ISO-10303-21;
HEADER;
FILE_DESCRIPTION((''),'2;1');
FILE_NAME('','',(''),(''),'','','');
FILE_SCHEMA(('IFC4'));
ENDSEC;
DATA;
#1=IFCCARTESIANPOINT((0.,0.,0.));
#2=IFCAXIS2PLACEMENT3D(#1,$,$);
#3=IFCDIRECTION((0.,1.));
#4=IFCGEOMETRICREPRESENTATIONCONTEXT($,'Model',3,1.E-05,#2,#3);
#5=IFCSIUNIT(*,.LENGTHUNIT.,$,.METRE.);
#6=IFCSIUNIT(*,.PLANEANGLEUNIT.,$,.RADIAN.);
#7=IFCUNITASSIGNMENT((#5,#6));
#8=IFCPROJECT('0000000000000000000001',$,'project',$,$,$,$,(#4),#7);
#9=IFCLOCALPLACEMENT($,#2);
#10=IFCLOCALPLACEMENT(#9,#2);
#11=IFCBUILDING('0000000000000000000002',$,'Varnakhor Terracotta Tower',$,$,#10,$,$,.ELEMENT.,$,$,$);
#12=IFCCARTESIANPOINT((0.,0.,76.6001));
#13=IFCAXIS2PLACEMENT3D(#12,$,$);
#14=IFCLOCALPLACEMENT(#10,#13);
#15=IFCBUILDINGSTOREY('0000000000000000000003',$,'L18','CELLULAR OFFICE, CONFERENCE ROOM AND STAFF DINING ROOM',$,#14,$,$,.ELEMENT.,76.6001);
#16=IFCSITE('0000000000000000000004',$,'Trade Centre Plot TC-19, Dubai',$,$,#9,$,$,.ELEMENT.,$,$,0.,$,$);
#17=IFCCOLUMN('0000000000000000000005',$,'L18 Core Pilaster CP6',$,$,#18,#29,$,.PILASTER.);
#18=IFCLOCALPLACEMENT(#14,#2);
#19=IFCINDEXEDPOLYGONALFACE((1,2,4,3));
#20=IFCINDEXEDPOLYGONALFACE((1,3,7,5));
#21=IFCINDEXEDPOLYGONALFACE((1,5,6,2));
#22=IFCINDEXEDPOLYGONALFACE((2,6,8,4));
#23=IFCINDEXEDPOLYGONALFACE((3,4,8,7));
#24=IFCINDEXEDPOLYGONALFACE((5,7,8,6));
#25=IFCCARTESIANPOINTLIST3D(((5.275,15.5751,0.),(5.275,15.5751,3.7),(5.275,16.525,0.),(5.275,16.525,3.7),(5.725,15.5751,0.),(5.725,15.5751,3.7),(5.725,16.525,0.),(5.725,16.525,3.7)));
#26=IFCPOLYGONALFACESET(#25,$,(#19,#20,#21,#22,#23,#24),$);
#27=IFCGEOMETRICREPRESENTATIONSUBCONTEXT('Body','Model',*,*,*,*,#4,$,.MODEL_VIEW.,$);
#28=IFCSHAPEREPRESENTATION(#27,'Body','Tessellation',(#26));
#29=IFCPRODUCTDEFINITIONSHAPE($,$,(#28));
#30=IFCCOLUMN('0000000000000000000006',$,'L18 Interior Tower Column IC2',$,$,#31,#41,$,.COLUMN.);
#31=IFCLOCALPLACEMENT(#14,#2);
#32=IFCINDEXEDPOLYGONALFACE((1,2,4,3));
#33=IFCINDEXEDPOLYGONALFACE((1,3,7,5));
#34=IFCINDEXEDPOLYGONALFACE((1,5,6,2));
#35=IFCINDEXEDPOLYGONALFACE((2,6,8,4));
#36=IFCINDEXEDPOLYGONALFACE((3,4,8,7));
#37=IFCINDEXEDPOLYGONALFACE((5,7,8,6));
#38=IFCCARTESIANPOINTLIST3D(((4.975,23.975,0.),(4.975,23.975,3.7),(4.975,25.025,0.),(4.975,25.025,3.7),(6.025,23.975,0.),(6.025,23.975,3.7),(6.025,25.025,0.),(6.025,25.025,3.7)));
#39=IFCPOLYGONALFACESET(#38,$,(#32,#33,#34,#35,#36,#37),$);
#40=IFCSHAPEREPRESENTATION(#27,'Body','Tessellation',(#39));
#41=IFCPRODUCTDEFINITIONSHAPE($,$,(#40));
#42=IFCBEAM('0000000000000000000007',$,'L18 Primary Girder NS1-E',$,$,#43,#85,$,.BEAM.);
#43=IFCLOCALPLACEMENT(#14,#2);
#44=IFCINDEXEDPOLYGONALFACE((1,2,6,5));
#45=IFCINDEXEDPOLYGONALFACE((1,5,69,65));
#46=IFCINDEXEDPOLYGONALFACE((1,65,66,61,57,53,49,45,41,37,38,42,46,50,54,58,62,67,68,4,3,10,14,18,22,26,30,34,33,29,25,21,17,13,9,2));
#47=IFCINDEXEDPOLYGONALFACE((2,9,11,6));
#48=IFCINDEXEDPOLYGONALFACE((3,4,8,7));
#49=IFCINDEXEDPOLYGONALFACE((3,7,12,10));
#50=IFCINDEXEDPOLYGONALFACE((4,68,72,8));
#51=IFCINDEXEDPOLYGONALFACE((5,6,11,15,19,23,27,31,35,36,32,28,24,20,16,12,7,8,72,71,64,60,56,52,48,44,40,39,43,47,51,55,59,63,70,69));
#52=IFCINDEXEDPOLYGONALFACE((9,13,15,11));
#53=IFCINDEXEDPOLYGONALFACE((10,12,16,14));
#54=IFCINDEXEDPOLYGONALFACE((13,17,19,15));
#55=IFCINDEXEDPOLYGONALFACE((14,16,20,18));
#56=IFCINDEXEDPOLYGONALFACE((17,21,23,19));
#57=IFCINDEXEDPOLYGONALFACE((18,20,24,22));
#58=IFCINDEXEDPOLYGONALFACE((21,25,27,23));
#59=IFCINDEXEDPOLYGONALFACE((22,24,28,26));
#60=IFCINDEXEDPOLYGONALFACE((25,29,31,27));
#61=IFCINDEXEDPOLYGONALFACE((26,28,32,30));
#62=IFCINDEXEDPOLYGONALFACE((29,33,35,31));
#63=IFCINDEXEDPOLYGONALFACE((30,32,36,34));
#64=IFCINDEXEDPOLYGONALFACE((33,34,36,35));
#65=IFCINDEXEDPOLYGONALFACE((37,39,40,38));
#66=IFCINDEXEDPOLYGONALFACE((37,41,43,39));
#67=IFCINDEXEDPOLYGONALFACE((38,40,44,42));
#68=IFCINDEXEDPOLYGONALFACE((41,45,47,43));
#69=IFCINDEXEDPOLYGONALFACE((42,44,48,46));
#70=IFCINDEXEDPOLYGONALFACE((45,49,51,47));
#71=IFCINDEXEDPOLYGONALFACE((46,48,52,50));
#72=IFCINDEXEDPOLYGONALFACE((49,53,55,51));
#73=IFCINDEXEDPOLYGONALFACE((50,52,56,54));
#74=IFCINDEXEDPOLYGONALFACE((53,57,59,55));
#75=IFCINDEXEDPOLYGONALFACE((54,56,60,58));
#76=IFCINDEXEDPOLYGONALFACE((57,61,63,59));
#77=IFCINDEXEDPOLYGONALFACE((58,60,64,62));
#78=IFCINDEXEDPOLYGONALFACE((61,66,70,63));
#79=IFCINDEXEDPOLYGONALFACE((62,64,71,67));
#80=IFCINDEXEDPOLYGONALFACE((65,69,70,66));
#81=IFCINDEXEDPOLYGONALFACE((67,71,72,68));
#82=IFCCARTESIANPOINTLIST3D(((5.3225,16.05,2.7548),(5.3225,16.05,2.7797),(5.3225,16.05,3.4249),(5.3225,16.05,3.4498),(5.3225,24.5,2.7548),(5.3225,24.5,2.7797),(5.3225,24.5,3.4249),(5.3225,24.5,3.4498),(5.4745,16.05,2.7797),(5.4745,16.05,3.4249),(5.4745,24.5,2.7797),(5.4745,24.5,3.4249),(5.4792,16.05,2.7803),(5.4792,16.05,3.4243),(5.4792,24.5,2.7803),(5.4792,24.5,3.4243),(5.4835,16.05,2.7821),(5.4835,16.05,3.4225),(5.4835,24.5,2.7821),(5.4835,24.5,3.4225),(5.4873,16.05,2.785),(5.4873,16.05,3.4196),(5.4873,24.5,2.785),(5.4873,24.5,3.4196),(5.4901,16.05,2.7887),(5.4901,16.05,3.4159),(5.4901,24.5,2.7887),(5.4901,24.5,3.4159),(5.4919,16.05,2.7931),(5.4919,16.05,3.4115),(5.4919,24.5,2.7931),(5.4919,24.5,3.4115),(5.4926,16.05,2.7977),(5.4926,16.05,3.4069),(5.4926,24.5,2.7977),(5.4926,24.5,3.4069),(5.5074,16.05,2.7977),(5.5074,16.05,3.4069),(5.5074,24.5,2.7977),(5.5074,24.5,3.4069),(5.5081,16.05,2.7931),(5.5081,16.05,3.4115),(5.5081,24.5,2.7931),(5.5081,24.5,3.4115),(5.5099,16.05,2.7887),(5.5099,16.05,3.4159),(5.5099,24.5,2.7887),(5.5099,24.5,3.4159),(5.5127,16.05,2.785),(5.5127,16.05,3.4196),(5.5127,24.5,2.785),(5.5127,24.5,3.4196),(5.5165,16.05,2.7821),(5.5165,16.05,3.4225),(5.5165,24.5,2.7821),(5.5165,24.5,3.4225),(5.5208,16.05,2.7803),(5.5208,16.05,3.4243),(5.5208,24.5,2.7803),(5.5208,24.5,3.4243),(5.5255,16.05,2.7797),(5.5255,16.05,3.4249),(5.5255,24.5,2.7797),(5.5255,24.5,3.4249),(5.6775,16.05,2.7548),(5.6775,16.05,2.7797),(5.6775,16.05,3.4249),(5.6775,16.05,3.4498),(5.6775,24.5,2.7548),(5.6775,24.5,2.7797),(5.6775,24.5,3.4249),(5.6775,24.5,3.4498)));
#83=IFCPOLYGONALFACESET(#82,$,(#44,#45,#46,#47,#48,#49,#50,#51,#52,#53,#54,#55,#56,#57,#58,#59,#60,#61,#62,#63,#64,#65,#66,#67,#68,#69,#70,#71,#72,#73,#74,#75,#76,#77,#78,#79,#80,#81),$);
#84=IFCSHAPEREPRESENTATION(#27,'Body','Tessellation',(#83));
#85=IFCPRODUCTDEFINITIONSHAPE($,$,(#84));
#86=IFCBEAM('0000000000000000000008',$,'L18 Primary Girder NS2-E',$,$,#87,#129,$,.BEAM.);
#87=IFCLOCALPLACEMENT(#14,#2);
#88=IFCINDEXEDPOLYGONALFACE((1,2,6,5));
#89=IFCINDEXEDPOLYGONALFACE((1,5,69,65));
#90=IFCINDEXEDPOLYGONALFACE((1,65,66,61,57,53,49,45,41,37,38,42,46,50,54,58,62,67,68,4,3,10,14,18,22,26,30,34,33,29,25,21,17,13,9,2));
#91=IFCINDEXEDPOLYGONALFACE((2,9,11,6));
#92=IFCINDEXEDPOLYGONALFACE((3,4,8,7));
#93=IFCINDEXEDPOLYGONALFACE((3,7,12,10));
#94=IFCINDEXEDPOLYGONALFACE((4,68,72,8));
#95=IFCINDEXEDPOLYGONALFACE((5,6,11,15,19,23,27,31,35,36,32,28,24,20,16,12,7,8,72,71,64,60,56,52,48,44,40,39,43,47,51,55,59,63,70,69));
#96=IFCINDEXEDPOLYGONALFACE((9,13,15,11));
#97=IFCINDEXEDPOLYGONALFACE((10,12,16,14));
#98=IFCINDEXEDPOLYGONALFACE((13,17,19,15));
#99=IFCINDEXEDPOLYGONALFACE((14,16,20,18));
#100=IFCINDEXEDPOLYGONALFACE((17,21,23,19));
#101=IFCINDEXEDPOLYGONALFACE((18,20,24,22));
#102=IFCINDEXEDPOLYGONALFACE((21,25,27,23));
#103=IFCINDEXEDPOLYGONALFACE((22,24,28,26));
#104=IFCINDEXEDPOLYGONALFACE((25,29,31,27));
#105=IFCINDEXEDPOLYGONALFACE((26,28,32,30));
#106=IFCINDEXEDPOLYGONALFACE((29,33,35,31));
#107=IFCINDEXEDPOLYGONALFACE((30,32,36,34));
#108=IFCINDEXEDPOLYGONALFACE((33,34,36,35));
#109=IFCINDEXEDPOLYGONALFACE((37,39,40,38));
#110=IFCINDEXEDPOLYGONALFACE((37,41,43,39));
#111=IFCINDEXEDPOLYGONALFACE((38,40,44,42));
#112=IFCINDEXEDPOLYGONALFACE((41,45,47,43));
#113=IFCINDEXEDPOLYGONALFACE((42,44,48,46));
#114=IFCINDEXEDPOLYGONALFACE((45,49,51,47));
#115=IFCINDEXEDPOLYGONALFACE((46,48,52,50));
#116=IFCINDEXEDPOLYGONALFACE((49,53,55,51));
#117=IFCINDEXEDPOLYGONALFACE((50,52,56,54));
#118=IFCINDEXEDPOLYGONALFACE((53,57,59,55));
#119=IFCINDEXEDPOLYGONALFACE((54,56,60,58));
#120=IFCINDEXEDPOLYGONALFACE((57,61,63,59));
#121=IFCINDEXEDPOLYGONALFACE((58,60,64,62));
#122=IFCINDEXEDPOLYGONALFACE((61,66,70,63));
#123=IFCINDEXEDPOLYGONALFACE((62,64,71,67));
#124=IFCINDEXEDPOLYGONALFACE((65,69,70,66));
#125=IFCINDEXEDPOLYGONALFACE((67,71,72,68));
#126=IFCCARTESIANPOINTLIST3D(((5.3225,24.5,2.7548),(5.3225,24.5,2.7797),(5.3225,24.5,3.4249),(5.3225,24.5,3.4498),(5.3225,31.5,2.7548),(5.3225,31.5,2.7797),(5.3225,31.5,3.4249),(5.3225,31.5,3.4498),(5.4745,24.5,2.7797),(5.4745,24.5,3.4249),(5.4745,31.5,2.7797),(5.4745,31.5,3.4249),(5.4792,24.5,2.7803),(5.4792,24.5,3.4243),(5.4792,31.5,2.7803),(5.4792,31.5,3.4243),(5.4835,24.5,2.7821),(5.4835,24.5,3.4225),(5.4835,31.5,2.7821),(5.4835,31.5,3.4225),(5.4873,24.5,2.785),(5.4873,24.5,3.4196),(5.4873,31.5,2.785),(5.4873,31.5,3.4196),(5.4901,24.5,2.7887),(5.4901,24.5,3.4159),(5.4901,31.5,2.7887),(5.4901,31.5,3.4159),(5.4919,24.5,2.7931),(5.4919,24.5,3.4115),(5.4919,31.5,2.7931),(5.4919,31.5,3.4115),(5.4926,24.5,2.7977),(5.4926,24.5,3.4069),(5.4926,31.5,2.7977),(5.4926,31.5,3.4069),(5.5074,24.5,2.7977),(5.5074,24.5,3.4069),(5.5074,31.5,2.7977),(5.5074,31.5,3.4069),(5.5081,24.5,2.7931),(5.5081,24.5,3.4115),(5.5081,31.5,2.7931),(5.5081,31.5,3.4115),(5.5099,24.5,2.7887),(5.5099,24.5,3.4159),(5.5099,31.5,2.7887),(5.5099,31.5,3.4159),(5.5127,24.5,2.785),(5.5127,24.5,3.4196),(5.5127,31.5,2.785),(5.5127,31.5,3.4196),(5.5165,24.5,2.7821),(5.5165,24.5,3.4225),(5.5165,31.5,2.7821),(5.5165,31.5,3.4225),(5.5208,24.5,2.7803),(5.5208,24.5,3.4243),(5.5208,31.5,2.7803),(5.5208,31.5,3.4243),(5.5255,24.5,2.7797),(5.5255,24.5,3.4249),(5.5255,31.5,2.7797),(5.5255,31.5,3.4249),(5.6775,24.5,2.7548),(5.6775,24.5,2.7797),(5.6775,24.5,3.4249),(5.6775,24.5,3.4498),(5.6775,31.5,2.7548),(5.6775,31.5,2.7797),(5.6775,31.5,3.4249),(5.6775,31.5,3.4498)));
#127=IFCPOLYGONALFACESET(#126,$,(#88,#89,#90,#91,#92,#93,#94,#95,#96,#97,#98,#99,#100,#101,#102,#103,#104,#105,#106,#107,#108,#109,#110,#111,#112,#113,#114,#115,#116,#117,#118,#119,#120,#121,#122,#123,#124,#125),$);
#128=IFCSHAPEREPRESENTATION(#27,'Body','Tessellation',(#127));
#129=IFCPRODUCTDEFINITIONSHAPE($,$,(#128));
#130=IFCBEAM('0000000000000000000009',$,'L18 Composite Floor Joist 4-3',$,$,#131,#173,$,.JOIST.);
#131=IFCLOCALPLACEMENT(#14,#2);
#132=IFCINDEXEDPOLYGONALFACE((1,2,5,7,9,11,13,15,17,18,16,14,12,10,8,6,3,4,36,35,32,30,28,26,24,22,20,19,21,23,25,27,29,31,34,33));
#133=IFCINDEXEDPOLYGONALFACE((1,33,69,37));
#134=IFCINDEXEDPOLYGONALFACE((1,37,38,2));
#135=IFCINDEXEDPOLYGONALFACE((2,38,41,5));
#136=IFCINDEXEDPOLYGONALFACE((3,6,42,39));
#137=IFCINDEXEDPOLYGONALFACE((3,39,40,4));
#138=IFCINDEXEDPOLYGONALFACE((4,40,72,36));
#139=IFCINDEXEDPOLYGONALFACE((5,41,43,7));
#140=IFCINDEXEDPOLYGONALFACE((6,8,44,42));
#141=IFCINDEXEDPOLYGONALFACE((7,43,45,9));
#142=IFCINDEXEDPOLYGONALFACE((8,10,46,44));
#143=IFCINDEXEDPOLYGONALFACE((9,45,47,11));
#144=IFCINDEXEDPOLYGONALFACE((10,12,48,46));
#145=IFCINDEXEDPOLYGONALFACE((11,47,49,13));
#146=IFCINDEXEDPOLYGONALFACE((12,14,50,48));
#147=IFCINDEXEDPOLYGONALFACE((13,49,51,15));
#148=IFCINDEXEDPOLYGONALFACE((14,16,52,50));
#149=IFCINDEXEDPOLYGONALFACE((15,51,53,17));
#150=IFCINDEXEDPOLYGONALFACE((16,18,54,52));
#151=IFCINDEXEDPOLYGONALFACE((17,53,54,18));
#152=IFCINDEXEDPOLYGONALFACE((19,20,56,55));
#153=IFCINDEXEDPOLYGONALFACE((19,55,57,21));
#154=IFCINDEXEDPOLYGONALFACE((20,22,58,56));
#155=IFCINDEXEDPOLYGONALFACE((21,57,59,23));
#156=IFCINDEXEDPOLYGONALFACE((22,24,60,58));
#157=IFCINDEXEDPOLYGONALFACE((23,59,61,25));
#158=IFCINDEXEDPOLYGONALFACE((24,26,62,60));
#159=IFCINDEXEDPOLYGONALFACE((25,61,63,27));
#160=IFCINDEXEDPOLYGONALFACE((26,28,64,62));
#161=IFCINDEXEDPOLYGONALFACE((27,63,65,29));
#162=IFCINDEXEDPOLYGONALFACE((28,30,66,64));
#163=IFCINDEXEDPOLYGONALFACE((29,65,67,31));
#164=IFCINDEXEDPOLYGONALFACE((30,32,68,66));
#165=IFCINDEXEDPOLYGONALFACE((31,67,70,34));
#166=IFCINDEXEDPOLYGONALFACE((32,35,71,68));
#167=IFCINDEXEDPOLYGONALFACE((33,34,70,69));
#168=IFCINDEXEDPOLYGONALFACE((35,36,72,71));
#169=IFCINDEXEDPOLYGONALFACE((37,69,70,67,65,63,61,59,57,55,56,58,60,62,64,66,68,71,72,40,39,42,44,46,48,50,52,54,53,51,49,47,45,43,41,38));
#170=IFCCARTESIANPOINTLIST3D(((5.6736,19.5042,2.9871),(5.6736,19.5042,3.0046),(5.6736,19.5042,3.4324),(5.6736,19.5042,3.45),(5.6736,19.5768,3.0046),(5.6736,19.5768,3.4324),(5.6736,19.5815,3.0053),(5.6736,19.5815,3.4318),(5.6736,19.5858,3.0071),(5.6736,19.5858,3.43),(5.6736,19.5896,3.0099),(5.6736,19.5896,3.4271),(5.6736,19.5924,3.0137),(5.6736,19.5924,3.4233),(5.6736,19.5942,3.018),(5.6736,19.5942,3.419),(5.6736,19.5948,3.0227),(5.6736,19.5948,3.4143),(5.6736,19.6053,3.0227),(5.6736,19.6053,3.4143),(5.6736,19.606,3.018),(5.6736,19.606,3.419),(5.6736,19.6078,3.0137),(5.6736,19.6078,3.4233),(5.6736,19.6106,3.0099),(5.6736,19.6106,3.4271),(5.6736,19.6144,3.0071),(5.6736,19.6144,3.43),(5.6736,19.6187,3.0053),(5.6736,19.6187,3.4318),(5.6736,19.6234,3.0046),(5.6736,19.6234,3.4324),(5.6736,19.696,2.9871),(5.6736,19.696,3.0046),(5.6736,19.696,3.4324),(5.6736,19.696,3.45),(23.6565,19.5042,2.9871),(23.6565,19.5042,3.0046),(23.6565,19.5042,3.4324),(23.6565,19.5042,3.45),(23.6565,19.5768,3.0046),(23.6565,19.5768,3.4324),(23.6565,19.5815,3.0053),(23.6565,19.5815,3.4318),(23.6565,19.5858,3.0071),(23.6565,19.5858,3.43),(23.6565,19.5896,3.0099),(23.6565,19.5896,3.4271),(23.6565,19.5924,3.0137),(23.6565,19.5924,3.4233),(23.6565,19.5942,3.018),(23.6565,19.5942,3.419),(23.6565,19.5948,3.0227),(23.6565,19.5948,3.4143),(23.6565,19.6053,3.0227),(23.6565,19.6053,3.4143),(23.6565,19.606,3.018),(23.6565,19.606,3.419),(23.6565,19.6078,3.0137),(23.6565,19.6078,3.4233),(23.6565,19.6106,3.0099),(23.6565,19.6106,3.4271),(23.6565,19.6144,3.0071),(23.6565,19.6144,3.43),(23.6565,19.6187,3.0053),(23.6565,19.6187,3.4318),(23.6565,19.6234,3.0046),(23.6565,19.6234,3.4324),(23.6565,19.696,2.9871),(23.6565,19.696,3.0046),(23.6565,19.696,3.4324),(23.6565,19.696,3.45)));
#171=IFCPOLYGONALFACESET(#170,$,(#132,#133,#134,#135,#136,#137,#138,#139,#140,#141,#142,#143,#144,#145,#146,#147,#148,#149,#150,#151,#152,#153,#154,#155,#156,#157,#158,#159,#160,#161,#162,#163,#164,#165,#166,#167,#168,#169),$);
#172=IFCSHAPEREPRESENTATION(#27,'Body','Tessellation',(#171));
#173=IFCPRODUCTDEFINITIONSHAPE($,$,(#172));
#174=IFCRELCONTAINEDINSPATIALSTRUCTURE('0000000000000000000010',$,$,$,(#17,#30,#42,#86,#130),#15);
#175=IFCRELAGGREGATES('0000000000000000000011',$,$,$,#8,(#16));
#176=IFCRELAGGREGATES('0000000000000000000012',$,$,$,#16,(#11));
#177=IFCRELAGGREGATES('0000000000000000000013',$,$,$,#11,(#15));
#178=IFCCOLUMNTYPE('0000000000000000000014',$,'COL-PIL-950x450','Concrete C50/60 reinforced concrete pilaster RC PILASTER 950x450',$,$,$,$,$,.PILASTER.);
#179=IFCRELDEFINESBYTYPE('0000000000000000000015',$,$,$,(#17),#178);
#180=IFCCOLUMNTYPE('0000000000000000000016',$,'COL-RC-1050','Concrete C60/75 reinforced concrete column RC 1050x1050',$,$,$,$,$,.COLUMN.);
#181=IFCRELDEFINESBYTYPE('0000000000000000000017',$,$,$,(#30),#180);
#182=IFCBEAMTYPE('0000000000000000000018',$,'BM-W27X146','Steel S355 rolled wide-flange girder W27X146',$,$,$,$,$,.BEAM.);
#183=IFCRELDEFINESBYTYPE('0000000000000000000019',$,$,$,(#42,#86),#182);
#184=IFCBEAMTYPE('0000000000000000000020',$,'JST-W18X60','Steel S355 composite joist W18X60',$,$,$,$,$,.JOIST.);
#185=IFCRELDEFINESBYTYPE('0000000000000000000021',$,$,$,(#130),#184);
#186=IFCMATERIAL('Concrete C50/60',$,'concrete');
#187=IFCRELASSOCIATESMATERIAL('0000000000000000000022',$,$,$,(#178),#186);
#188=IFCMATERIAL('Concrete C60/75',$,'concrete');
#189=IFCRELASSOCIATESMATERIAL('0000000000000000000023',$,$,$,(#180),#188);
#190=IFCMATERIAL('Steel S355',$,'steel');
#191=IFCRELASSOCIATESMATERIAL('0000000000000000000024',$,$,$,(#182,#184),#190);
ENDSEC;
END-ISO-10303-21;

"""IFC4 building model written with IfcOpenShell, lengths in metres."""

from ifc_helpers import new_model, si_unit, direction, frame, origin, origin_2d, place, context, subcontext, project, spatial, rectangle, i_section, extrude, source, transform, mapped, material, material_profile, profile_set, type_object, type_shapes, element, save


model = new_model("IFC4")

# Units and contexts
model_context = context("Model", 3, precision=1e-05, world=origin(), true_north=direction((0.0, 1.0)))
body_context = subcontext(model_context, "Body", "Model", "MODEL_VIEW")
ifc_project = project(units=[si_unit("LENGTHUNIT", "METRE"), si_unit("PLANEANGLEUNIT", "RADIAN")], contexts=[model_context])

# Site, building, storey
site_placement = place(None, origin())
site = spatial("IfcSite", under=ifc_project, at=site_placement, Name="Trade Centre Plot TC-19, Dubai", CompositionType="ELEMENT", RefElevation=0.0)
building_placement = place(site_placement, origin())
building = spatial("IfcBuilding", under=site, at=building_placement, Name="Varnakhor Terracotta Tower", CompositionType="ELEMENT")
storey_placement = place(building_placement, frame((0.0, 0.0, 76.6001)))
storey = spatial("IfcBuildingStorey", under=building, at=storey_placement, Name="L18", Description="CELLULAR OFFICE, CONFERENCE ROOM AND STAFF DINING ROOM", CompositionType="ELEMENT", Elevation=76.6001)

# Columns
ifc_material_1 = material(Name="Concrete C50/60", Category="concrete")
ifc_material_profile_1 = material_profile(ifc_material_1, rectangle(XDim=0.45, YDim=0.95, at=origin_2d()), Name="RC PILASTER 950x450")
ifc_profile_set_1 = profile_set([ifc_material_profile_1], Name="Concrete C50/60")
column_type_1 = type_object("IfcColumnType", Name="COL-PIL-950x450", Description="Concrete C50/60 reinforced concrete pilaster RC PILASTER 950x450", PredefinedType="PILASTER", material=ifc_profile_set_1)
shared_shape_1 = source(origin(), body_context, "Body", "SweptSolid", [
    extrude(rectangle(XDim=0.45, YDim=0.95, at=origin_2d()), origin(), (0.0, 0.0, 1.0), 3.7),
])
column_1_placement = place(storey_placement, frame((5.5, 16.05, 0.0), z_axis=(0.0, 0.0, 1.0), x_axis=(1.0, 0.0, 0.0)))
element("IfcColumn", 1, at=column_1_placement, inside=storey, type_object=column_type_1, Name="L18 Core Pilaster CP6", PredefinedType="PILASTER", context=body_context, shape_type="MappedRepresentation", body=[
    mapped(shared_shape_1, transform((0.0, 0.0, 0.0), scale=1.0)),
])
ifc_material_2 = material(Name="Concrete C60/75", Category="concrete")
ifc_material_profile_2 = material_profile(ifc_material_2, rectangle(XDim=1.05, YDim=1.05, at=origin_2d()), Name="RC 1050x1050")
ifc_profile_set_2 = profile_set([ifc_material_profile_2], Name="Concrete C60/75")
column_type_2 = type_object("IfcColumnType", Name="COL-RC-1050", Description="Concrete C60/75 reinforced concrete column RC 1050x1050", PredefinedType="COLUMN", material=ifc_profile_set_2)
shared_shape_2 = source(origin(), body_context, "Body", "SweptSolid", [
    extrude(rectangle(XDim=1.05, YDim=1.05, at=origin_2d()), origin(), (0.0, 0.0, 1.0), 3.7),
])
column_2_placement = place(storey_placement, frame((5.5, 24.5, 0.0), z_axis=(0.0, 0.0, 1.0), x_axis=(1.0, 0.0, 0.0)))
element("IfcColumn", 2, at=column_2_placement, inside=storey, type_object=column_type_2, Name="L18 Interior Tower Column IC2", PredefinedType="COLUMN", context=body_context, shape_type="MappedRepresentation", body=[
    mapped(shared_shape_2, transform((0.0, 0.0, 0.0), scale=1.0)),
])

# Beams
ifc_material_3 = material(Name="Steel S355", Category="steel")
ifc_material_profile_3 = material_profile(ifc_material_3, i_section(OverallWidth=0.355, OverallDepth=0.6951, WebThickness=0.0149, FlangeThickness=0.0249, FilletRadius=0.0181, at=origin_2d()), Name="W27X146")
ifc_profile_set_3 = profile_set([ifc_material_profile_3], Name="Steel S355")
beam_type_1 = type_object("IfcBeamType", Name="BM-W27X146", Description="Steel S355 rolled wide-flange girder W27X146", PredefinedType="BEAM", material=ifc_profile_set_3)
shared_shape_3 = source(origin(), body_context, "Body", "SweptSolid", [
    extrude(i_section(OverallWidth=0.355, OverallDepth=0.6951, WebThickness=0.0149, FlangeThickness=0.0249, FilletRadius=0.0181, at=origin_2d()), origin(), (0.0, 0.0, 1.0), 8.45),
])
type_shapes(beam_type_1, [shared_shape_3])
beam_1_placement = place(storey_placement, frame((5.5, 16.05, 3.1023), z_axis=(0.0, 1.0, 0.0), x_axis=(-1.0, 0.0, 0.0)))
element("IfcBeam", 3, at=beam_1_placement, inside=storey, type_object=beam_type_1, Name="L18 Primary Girder NS1-E", PredefinedType="BEAM", context=body_context, shape_type="MappedRepresentation", body=[
    mapped(shared_shape_3, transform((0.0, 0.0, 0.0), scale=1.0)),
])
shared_shape_4 = source(origin(), body_context, "Body", "SweptSolid", [
    extrude(i_section(OverallWidth=0.355, OverallDepth=0.6951, WebThickness=0.0149, FlangeThickness=0.0249, FilletRadius=0.0181, at=origin_2d()), origin(), (0.0, 0.0, 1.0), 7.0),
])
beam_2_placement = place(storey_placement, frame((5.5, 24.5, 3.1023), z_axis=(0.0, 1.0, 0.0), x_axis=(-1.0, 0.0, 0.0)))
element("IfcBeam", 4, at=beam_2_placement, inside=storey, type_object=beam_type_1, Name="L18 Primary Girder NS2-E", PredefinedType="BEAM", context=body_context, shape_type="MappedRepresentation", body=[
    mapped(shared_shape_4, transform((0.0, 0.0, 0.0), scale=1.0)),
])
ifc_material_profile_4 = material_profile(ifc_material_3, i_section(OverallWidth=0.1919, OverallDepth=0.4629, WebThickness=0.0105, FlangeThickness=0.0176, FilletRadius=0.0181, at=origin_2d()), Name="W18X60")
ifc_profile_set_4 = profile_set([ifc_material_profile_4], Name="Steel S355")
beam_type_2 = type_object("IfcBeamType", Name="JST-W18X60", Description="Steel S355 composite joist W18X60", PredefinedType="JOIST", material=ifc_profile_set_4)
shared_shape_5 = source(origin(), body_context, "Body", "SweptSolid", [
    extrude(i_section(OverallWidth=0.1919, OverallDepth=0.4629, WebThickness=0.0105, FlangeThickness=0.0176, FilletRadius=0.0181, at=origin_2d()), origin(), (0.0, 0.0, 1.0), 17.9829),
])
beam_3_placement = place(storey_placement, frame((5.6736, 19.6001, 3.2185), z_axis=(1.0, 0.0, 0.0), x_axis=(0.0, 1.0, 0.0)))
element("IfcBeam", 5, at=beam_3_placement, inside=storey, type_object=beam_type_2, Name="L18 Composite Floor Joist 4-3", PredefinedType="JOIST", context=body_context, shape_type="MappedRepresentation", body=[
    mapped(shared_shape_5, transform((0.0, 0.0, 0.0), scale=1.0)),
])

save(model, "model.ifc")
